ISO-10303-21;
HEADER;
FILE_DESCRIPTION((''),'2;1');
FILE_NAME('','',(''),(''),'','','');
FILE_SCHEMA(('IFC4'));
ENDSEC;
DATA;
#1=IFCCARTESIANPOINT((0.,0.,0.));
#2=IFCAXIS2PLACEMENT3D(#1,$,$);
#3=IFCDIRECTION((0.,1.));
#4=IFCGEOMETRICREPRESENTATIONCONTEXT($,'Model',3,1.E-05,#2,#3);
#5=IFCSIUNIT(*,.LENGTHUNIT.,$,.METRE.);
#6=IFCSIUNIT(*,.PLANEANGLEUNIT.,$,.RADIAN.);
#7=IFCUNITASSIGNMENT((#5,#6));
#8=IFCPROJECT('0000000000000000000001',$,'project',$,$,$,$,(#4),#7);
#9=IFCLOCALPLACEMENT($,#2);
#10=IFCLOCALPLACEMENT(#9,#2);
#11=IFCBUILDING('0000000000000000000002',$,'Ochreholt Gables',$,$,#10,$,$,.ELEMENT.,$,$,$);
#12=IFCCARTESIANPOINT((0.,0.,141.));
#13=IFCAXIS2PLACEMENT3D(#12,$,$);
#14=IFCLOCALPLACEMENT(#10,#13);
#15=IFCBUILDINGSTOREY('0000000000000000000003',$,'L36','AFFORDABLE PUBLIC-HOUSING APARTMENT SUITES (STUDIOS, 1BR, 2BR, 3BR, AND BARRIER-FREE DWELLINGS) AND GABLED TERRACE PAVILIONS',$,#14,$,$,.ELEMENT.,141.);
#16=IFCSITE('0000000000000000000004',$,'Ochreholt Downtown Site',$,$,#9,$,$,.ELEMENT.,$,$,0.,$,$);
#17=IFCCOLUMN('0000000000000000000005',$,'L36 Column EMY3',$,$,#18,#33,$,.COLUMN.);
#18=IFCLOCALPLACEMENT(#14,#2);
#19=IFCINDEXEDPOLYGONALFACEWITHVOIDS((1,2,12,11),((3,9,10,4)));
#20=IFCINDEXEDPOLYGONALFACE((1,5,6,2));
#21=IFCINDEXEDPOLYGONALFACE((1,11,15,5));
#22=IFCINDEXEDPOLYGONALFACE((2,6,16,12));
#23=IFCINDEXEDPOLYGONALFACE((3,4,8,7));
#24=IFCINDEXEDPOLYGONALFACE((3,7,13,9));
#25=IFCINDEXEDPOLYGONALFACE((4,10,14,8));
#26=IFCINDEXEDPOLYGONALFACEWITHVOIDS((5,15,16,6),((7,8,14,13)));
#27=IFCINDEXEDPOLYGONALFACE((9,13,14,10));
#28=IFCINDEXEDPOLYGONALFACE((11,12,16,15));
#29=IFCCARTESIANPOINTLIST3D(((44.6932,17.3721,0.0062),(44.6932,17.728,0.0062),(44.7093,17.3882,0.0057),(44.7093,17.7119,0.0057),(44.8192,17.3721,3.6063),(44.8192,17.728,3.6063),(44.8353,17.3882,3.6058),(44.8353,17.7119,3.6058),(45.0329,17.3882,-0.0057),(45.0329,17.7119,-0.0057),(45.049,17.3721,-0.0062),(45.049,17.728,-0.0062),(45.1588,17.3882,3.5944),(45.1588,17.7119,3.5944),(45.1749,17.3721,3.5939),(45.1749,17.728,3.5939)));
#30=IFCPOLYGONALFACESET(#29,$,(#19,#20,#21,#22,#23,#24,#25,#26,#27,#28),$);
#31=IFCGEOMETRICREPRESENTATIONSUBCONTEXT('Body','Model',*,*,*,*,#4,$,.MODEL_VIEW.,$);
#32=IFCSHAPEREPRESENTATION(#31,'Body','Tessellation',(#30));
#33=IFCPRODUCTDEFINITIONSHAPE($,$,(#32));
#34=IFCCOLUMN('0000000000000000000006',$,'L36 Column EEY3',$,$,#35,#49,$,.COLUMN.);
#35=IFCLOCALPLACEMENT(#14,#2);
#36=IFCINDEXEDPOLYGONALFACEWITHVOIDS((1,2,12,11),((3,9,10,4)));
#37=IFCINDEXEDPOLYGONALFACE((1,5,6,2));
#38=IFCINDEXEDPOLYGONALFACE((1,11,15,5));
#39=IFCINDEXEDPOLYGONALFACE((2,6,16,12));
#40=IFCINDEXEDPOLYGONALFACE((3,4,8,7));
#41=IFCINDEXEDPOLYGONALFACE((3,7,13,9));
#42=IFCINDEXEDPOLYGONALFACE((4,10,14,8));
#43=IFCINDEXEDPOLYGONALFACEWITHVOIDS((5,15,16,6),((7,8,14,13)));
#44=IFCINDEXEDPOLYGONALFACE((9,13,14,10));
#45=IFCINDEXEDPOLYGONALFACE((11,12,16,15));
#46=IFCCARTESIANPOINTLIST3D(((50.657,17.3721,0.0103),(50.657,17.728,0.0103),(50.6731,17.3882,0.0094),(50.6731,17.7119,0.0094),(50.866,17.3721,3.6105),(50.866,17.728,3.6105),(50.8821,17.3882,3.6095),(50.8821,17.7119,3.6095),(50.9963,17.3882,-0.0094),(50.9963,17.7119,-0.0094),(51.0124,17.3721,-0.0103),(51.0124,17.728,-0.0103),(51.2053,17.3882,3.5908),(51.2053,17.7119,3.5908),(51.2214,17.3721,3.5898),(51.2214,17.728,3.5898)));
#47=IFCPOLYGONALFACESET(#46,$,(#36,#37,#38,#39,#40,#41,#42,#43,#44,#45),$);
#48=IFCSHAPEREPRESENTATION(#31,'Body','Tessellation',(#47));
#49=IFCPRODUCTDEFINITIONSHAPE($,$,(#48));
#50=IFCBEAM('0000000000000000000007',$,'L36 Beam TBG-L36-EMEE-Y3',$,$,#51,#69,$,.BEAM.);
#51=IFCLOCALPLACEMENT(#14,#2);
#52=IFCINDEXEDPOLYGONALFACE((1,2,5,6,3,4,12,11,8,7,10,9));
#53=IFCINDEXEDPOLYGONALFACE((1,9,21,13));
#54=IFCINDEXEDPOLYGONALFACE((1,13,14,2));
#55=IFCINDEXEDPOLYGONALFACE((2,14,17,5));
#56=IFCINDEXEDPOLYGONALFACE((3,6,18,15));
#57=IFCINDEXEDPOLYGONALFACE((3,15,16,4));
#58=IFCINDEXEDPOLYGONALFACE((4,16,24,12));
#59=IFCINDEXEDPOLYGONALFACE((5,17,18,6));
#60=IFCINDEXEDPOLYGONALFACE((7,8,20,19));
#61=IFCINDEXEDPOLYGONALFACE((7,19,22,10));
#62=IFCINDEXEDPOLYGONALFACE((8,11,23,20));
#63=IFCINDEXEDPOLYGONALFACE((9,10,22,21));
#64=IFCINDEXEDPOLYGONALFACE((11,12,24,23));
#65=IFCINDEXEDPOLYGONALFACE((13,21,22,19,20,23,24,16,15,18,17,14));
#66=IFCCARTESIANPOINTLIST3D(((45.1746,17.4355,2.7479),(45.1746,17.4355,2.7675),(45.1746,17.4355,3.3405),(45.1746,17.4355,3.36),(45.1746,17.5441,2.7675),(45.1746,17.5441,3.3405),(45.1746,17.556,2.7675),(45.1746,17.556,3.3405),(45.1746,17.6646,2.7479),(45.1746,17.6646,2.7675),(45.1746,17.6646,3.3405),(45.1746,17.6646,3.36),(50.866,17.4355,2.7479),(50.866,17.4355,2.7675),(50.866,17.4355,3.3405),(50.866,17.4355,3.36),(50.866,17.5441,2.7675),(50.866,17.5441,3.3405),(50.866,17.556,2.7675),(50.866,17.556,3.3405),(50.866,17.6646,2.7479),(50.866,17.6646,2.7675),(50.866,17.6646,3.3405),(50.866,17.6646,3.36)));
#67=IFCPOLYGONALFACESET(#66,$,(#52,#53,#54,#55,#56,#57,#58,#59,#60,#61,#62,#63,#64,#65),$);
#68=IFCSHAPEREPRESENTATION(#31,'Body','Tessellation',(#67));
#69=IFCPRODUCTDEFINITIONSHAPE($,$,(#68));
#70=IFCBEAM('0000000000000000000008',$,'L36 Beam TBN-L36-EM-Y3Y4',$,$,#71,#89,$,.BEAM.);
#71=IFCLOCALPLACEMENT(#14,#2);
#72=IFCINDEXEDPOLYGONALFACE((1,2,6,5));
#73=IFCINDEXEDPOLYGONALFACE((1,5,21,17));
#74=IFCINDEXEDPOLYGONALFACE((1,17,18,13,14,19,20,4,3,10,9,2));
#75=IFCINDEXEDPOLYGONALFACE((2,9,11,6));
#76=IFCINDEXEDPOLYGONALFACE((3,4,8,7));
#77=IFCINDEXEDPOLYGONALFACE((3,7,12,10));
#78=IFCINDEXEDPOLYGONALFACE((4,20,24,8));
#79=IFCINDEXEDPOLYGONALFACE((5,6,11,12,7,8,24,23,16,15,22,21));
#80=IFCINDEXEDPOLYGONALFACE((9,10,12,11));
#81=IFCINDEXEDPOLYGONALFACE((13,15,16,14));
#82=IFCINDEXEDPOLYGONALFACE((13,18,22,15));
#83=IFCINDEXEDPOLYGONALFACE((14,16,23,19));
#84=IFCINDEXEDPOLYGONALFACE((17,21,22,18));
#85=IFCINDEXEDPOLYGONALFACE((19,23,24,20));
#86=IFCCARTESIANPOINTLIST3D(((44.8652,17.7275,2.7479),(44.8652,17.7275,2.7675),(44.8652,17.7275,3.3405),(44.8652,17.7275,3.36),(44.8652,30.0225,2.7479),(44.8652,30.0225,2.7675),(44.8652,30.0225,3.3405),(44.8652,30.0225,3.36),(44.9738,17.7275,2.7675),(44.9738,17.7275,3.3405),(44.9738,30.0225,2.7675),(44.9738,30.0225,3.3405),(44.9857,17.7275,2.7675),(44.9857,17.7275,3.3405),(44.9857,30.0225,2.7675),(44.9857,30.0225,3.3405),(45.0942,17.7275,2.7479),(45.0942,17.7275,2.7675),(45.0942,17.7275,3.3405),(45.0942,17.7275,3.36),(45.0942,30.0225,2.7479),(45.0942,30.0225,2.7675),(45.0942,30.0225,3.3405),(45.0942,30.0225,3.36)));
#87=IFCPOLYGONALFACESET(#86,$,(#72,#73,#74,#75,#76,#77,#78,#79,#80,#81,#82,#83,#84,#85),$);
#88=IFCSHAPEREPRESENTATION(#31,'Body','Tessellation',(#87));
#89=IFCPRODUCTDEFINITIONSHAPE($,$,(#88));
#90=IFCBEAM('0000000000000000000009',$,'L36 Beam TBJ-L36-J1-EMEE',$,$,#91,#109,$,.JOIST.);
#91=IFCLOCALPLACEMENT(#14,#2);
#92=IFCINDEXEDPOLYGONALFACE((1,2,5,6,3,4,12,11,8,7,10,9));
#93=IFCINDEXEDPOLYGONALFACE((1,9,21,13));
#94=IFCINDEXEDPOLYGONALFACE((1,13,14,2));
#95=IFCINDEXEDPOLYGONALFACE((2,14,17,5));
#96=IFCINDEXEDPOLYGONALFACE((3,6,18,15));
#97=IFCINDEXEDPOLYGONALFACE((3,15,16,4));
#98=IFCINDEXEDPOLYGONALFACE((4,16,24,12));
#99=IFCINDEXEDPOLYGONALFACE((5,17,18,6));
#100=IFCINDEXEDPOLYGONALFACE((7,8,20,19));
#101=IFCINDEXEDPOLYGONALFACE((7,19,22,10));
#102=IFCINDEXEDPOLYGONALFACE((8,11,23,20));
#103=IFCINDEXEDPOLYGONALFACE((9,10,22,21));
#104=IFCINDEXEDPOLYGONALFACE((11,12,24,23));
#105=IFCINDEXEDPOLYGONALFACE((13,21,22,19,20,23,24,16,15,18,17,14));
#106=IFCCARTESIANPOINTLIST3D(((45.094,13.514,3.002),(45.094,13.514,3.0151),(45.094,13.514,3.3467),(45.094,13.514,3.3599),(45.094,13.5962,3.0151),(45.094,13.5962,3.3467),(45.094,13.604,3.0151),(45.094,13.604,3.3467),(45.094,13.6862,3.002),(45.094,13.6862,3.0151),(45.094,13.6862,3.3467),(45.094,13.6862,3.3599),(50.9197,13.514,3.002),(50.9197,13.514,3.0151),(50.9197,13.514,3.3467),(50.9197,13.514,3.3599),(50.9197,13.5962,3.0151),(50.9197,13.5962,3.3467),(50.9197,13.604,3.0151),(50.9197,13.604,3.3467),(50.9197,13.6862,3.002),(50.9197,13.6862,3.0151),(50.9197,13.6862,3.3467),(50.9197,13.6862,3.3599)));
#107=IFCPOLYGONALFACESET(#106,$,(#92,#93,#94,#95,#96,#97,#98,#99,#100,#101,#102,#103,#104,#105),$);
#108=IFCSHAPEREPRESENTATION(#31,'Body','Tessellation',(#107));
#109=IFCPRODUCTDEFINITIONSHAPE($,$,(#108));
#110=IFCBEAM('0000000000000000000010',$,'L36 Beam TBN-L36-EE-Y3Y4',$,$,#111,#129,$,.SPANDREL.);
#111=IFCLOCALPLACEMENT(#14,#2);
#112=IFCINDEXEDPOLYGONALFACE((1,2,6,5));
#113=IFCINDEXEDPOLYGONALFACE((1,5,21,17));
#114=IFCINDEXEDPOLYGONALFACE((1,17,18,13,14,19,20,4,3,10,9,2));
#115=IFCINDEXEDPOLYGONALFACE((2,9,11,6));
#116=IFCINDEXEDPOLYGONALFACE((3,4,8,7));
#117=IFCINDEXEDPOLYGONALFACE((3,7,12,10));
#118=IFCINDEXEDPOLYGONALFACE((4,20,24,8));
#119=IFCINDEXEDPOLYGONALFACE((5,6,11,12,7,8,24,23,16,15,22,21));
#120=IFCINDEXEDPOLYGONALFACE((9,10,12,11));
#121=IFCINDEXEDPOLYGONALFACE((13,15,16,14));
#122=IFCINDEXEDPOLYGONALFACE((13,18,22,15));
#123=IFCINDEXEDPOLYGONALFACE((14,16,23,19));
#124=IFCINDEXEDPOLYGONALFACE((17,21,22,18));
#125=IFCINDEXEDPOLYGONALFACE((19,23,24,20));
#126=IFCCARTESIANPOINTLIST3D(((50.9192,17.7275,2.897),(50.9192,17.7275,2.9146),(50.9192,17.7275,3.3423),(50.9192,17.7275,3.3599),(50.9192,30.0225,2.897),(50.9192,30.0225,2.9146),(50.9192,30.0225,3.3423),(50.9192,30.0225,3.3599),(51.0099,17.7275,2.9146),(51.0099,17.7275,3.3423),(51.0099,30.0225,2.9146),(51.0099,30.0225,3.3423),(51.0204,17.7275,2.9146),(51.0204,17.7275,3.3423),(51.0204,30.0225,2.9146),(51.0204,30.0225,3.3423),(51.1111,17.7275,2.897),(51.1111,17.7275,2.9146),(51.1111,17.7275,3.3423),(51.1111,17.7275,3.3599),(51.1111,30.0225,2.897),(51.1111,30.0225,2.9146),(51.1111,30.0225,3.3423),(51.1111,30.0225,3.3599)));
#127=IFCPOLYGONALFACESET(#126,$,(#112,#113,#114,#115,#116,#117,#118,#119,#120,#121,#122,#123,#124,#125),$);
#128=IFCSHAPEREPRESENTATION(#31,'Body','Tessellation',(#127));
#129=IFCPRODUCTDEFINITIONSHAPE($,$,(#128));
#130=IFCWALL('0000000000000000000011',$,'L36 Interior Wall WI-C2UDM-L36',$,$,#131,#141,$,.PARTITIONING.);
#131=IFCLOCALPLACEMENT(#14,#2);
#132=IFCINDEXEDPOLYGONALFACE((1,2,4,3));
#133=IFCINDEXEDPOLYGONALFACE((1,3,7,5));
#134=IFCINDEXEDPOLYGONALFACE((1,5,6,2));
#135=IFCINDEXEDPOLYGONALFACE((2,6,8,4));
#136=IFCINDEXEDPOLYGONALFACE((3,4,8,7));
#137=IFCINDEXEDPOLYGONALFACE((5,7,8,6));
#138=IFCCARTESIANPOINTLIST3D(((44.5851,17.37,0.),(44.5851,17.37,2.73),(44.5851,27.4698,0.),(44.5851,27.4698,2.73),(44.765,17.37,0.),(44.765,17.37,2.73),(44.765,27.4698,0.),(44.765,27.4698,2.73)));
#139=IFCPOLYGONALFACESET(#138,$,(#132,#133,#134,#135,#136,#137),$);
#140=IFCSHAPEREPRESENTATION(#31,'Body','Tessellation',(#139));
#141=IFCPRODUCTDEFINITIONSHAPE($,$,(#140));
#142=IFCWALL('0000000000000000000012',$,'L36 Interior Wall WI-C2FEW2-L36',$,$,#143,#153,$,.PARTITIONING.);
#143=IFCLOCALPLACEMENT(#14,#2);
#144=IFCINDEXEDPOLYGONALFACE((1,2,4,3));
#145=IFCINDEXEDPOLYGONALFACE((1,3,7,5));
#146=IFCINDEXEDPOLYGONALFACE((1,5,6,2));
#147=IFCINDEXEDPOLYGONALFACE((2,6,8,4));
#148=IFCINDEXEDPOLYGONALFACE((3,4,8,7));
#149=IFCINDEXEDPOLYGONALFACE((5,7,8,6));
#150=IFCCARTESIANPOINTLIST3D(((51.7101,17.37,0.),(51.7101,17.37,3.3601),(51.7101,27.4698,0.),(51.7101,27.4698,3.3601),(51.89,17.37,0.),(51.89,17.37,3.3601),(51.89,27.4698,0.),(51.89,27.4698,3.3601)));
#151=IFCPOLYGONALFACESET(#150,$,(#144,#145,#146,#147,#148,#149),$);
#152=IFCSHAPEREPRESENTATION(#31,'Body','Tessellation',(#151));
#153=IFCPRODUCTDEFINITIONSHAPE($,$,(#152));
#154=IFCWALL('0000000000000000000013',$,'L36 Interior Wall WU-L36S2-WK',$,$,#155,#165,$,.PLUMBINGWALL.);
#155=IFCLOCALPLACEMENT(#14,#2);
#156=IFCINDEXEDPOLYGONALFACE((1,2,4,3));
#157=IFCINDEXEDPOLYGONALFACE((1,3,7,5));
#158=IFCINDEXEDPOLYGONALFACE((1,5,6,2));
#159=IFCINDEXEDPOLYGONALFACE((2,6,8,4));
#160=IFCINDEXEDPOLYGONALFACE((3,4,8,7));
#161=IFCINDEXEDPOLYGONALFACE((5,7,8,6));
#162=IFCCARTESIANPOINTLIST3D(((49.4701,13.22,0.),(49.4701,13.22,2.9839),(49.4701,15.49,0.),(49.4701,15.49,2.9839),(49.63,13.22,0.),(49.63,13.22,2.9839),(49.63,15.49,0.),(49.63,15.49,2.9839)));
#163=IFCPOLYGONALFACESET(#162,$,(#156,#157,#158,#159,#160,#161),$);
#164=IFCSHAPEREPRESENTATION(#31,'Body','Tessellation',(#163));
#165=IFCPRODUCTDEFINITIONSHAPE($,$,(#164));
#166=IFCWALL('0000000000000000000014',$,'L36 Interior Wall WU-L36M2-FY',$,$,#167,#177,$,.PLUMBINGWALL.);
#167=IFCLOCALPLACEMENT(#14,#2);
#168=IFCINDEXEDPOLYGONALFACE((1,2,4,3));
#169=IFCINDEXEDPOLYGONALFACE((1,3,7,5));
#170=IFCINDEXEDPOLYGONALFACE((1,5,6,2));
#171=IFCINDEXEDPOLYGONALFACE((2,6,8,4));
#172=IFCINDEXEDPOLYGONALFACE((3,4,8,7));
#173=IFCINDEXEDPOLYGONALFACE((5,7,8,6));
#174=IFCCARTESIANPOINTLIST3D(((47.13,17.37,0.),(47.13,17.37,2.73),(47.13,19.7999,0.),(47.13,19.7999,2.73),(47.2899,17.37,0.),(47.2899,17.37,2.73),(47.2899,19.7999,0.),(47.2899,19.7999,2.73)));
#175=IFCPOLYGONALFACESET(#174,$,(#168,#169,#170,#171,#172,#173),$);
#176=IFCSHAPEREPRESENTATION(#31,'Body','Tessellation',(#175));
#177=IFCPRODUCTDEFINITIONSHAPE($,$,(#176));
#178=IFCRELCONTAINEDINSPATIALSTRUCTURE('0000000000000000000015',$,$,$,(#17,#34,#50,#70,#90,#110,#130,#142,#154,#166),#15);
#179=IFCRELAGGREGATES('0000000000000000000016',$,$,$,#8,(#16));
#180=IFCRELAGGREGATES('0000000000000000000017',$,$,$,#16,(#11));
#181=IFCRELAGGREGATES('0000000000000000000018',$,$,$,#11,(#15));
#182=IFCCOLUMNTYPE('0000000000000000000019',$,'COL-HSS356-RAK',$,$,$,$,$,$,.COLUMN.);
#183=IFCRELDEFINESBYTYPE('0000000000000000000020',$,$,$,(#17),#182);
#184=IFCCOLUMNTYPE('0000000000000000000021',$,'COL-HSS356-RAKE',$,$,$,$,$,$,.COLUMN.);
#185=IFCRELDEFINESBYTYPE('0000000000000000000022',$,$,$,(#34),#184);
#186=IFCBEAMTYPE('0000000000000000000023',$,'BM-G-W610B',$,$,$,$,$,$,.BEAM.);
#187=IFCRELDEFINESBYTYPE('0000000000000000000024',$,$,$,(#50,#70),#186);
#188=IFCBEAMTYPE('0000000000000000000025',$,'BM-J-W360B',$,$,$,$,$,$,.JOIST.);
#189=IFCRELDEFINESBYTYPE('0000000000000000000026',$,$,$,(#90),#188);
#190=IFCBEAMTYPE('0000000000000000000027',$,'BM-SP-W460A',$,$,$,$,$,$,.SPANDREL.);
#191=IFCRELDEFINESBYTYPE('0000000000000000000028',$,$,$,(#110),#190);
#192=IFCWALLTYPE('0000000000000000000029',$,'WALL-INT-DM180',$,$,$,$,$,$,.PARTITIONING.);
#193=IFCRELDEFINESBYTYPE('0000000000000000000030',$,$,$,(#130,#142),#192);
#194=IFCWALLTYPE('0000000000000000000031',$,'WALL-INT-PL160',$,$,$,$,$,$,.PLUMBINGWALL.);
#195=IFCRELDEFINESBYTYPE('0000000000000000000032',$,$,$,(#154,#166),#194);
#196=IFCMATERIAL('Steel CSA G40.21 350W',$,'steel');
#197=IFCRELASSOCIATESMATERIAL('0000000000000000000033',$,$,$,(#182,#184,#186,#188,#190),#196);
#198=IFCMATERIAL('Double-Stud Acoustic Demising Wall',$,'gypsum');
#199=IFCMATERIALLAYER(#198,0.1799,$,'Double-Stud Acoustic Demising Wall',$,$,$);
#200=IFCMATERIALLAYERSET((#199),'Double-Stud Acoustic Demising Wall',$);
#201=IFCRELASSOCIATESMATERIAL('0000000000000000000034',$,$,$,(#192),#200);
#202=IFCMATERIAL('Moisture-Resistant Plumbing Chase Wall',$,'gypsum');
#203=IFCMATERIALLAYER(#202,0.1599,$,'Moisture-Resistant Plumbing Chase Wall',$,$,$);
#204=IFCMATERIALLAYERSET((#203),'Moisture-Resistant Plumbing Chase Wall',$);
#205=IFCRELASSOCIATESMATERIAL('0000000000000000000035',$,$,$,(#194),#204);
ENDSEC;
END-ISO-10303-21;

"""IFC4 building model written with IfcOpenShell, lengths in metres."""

from ifc_helpers import new_model, si_unit, direction, frame, frame_2d, origin, origin_2d, place, context, subcontext, project, spatial, rectangle, hollow_rectangle, i_section, extrude, material, layer, layer_set, material_profile, profile_set, type_object, element, save


model = new_model("IFC4")

# Units and contexts
model_context = context("Model", 3, precision=1e-05, world=origin(), true_north=direction((0.0, 1.0)))
body_context = subcontext(model_context, "Body", "Model", "MODEL_VIEW")
ifc_project = project(units=[si_unit("LENGTHUNIT", "METRE"), si_unit("PLANEANGLEUNIT", "RADIAN")], contexts=[model_context])

# Site, building, storey
site_placement = place(None, origin())
site = spatial("IfcSite", under=ifc_project, at=site_placement, Name="Ochreholt Downtown Site", CompositionType="ELEMENT", RefElevation=0.0)
building_placement = place(site_placement, origin())
building = spatial("IfcBuilding", under=site, at=building_placement, Name="Ochreholt Gables", CompositionType="ELEMENT")
storey_placement = place(building_placement, frame((0.0, 0.0, 141.0)))
storey = spatial("IfcBuildingStorey", under=building, at=storey_placement, Name="L36", Description="AFFORDABLE PUBLIC-HOUSING APARTMENT SUITES (STUDIOS, 1BR, 2BR, 3BR, AND BARRIER-FREE DWELLINGS) AND GABLED TERRACE PAVILIONS", CompositionType="ELEMENT", Elevation=141.0)

# Columns
ifc_material_1 = material(Name="Steel CSA G40.21 350W", Category="steel")
ifc_material_profile_1 = material_profile(ifc_material_1, hollow_rectangle(XDim=0.356, YDim=0.356, WallThickness=0.0161, at=origin_2d()), Name="HSS356X356X16")
ifc_profile_set_1 = profile_set([ifc_material_profile_1], Name="Steel CSA G40.21 350W")
column_type_1 = type_object("IfcColumnType", Name="COL-HSS356-RAK", PredefinedType="COLUMN", material=ifc_profile_set_1)
column_1_placement = place(storey_placement, frame((44.8711, 17.55, 0.0), z_axis=(0.034971, 0.0, 0.999388), x_axis=(0.0, 1.0, 0.0)))
element("IfcColumn", 1, at=column_1_placement, inside=storey, type_object=column_type_1, Name="L36 Column EMY3", PredefinedType="COLUMN", context=body_context, shape_type="SweptSolid", body=[
    extrude(hollow_rectangle(XDim=0.356, YDim=0.356, WallThickness=0.0161, at=origin_2d()), origin(), (0.0, 0.0, 1.0), 3.6023),
])
ifc_material_profile_2 = material_profile(ifc_material_1, hollow_rectangle(XDim=0.356, YDim=0.356, WallThickness=0.0161, at=origin_2d()), Name="HSS356X356X16")
ifc_profile_set_2 = profile_set([ifc_material_profile_2], Name="Steel CSA G40.21 350W")
column_type_2 = type_object("IfcColumnType", Name="COL-HSS356-RAKE", PredefinedType="COLUMN", material=ifc_profile_set_2)
column_2_placement = place(storey_placement, frame((50.8347, 17.55, 0.0), z_axis=(0.057952, 0.0, 0.998319), x_axis=(0.0, 1.0, 0.0)))
element("IfcColumn", 2, at=column_2_placement, inside=storey, type_object=column_type_2, Name="L36 Column EEY3", PredefinedType="COLUMN", context=body_context, shape_type="SweptSolid", body=[
    extrude(hollow_rectangle(XDim=0.356, YDim=0.356, WallThickness=0.0161, at=origin_2d()), origin(), (0.0, 0.0, 1.0), 3.6062),
])

# Beams
ifc_material_profile_3 = material_profile(ifc_material_1, i_section(OverallWidth=0.229, OverallDepth=0.6121, WebThickness=0.012, FlangeThickness=0.0195, at=origin_2d()), Name="W610X125")
ifc_profile_set_3 = profile_set([ifc_material_profile_3], Name="Steel CSA G40.21 350W")
beam_type_1 = type_object("IfcBeamType", Name="BM-G-W610B", PredefinedType="BEAM", material=ifc_profile_set_3)
beam_1_placement = place(storey_placement, frame((45.1746, 17.55, 3.054), z_axis=(1.0, 0.0, 0.0), x_axis=(0.0, 1.0, 0.0)))
element("IfcBeam", 3, at=beam_1_placement, inside=storey, type_object=beam_type_1, Name="L36 Beam TBG-L36-EMEE-Y3", PredefinedType="BEAM", context=body_context, shape_type="SweptSolid", body=[
    extrude(i_section(OverallWidth=0.229, OverallDepth=0.6121, WebThickness=0.012, FlangeThickness=0.0195, at=origin_2d()), origin(), (0.0, 0.0, 1.0), 5.6914),
])
beam_2_placement = place(storey_placement, frame((44.9797, 17.7275, 3.054), z_axis=(0.0, 1.0, 0.0), x_axis=(-1.0, 0.0, 0.0)))
element("IfcBeam", 4, at=beam_2_placement, inside=storey, type_object=beam_type_1, Name="L36 Beam TBN-L36-EM-Y3Y4", PredefinedType="BEAM", context=body_context, shape_type="SweptSolid", body=[
    extrude(i_section(OverallWidth=0.229, OverallDepth=0.6121, WebThickness=0.012, FlangeThickness=0.0195, at=origin_2d()), origin(), (0.0, 0.0, 1.0), 12.2949),
])
ifc_material_profile_4 = material_profile(ifc_material_1, i_section(OverallWidth=0.1721, OverallDepth=0.3579, WebThickness=0.0078, FlangeThickness=0.0132, at=origin_2d()), Name="W360X57")
ifc_profile_set_4 = profile_set([ifc_material_profile_4], Name="Steel CSA G40.21 350W")
beam_type_2 = type_object("IfcBeamType", Name="BM-J-W360B", PredefinedType="JOIST", material=ifc_profile_set_4)
beam_3_placement = place(storey_placement, frame((45.094, 13.6001, 3.1809), z_axis=(1.0, 0.0, 0.0), x_axis=(0.0, 1.0, 0.0)))
element("IfcBeam", 5, at=beam_3_placement, inside=storey, type_object=beam_type_2, Name="L36 Beam TBJ-L36-J1-EMEE", PredefinedType="JOIST", context=body_context, shape_type="SweptSolid", body=[
    extrude(i_section(OverallWidth=0.1721, OverallDepth=0.3579, WebThickness=0.0078, FlangeThickness=0.0132, at=origin_2d()), origin(), (0.0, 0.0, 1.0), 5.8257),
])
ifc_material_profile_5 = material_profile(ifc_material_1, i_section(OverallWidth=0.1919, OverallDepth=0.4629, WebThickness=0.0105, FlangeThickness=0.0176, at=origin_2d()), Name="W460X89")
ifc_profile_set_5 = profile_set([ifc_material_profile_5], Name="Steel CSA G40.21 350W")
beam_type_3 = type_object("IfcBeamType", Name="BM-SP-W460A", PredefinedType="SPANDREL", material=ifc_profile_set_5)
beam_4_placement = place(storey_placement, frame((51.0151, 17.7275, 3.1284), z_axis=(0.0, 1.0, 0.0), x_axis=(-1.0, 0.0, 0.0)))
element("IfcBeam", 6, at=beam_4_placement, inside=storey, type_object=beam_type_3, Name="L36 Beam TBN-L36-EE-Y3Y4", PredefinedType="SPANDREL", context=body_context, shape_type="SweptSolid", body=[
    extrude(i_section(OverallWidth=0.1919, OverallDepth=0.4629, WebThickness=0.0105, FlangeThickness=0.0176, at=origin_2d()), origin(), (0.0, 0.0, 1.0), 12.2949),
])

# Walls
ifc_material_2 = material(Name="Double-Stud Acoustic Demising Wall", Category="gypsum")
ifc_layer_1 = layer(ifc_material_2, 0.1799, Name="Double-Stud Acoustic Demising Wall")
ifc_layer_set_1 = layer_set([ifc_layer_1], Name="Double-Stud Acoustic Demising Wall")
wall_type_1 = type_object("IfcWallType", Name="WALL-INT-DM180", PredefinedType="PARTITIONING", material=ifc_layer_set_1)
wall_1_placement = place(storey_placement, frame((44.675, 17.3701, 0.0), z_axis=(0.0, 0.0, 1.0), x_axis=(0.0, 1.0, 0.0)))
element("IfcWall", 7, at=wall_1_placement, inside=storey, type_object=wall_type_1, Name="L36 Interior Wall WI-C2UDM-L36", PredefinedType="PARTITIONING", context=body_context, shape_type="SweptSolid", body=[
    extrude(rectangle(XDim=10.0999, YDim=0.1799, at=frame_2d((5.0498, 0.0))), origin(), (0.0, 0.0, 1.0), 2.73),
])
wall_2_placement = place(storey_placement, frame((51.8, 17.3701, 0.0), z_axis=(0.0, 0.0, 1.0), x_axis=(0.0, 1.0, 0.0)))
element("IfcWall", 8, at=wall_2_placement, inside=storey, type_object=wall_type_1, Name="L36 Interior Wall WI-C2FEW2-L36", PredefinedType="PARTITIONING", context=body_context, shape_type="SweptSolid", body=[
    extrude(rectangle(XDim=10.0999, YDim=0.1799, at=frame_2d((5.0498, 0.0))), origin(), (0.0, 0.0, 1.0), 3.3601),
])

# Shared definitions
ifc_material_3 = material(Name="Moisture-Resistant Plumbing Chase Wall", Category="gypsum")
ifc_layer_2 = layer(ifc_material_3, 0.1599, Name="Moisture-Resistant Plumbing Chase Wall")
ifc_layer_set_2 = layer_set([ifc_layer_2], Name="Moisture-Resistant Plumbing Chase Wall")
wall_type_2 = type_object("IfcWallType", Name="WALL-INT-PL160", PredefinedType="PLUMBINGWALL", material=ifc_layer_set_2)

# Wall
wall_3_placement = place(storey_placement, frame((49.55, 13.22, 0.0), z_axis=(0.0, 0.0, 1.0), x_axis=(0.0, 1.0, 0.0)))
element("IfcWall", 9, at=wall_3_placement, inside=storey, type_object=wall_type_2, Name="L36 Interior Wall WU-L36S2-WK", PredefinedType="PLUMBINGWALL", context=body_context, shape_type="SweptSolid", body=[
    extrude(rectangle(XDim=2.27, YDim=0.1599, at=frame_2d((1.135, 0.0))), origin(), (0.0, 0.0, 1.0), 2.9839),
])

# Wall
wall_4_placement = place(storey_placement, frame((47.21, 17.3701, 0.0), z_axis=(0.0, 0.0, 1.0), x_axis=(0.0, 1.0, 0.0)))
element("IfcWall", 10, at=wall_4_placement, inside=storey, type_object=wall_type_2, Name="L36 Interior Wall WU-L36M2-FY", PredefinedType="PLUMBINGWALL", context=body_context, shape_type="SweptSolid", body=[
    extrude(rectangle(XDim=2.4299, YDim=0.1599, at=frame_2d((1.2148, 0.0))), origin(), (0.0, 0.0, 1.0), 2.73),
])

save(model, "model.ifc")
